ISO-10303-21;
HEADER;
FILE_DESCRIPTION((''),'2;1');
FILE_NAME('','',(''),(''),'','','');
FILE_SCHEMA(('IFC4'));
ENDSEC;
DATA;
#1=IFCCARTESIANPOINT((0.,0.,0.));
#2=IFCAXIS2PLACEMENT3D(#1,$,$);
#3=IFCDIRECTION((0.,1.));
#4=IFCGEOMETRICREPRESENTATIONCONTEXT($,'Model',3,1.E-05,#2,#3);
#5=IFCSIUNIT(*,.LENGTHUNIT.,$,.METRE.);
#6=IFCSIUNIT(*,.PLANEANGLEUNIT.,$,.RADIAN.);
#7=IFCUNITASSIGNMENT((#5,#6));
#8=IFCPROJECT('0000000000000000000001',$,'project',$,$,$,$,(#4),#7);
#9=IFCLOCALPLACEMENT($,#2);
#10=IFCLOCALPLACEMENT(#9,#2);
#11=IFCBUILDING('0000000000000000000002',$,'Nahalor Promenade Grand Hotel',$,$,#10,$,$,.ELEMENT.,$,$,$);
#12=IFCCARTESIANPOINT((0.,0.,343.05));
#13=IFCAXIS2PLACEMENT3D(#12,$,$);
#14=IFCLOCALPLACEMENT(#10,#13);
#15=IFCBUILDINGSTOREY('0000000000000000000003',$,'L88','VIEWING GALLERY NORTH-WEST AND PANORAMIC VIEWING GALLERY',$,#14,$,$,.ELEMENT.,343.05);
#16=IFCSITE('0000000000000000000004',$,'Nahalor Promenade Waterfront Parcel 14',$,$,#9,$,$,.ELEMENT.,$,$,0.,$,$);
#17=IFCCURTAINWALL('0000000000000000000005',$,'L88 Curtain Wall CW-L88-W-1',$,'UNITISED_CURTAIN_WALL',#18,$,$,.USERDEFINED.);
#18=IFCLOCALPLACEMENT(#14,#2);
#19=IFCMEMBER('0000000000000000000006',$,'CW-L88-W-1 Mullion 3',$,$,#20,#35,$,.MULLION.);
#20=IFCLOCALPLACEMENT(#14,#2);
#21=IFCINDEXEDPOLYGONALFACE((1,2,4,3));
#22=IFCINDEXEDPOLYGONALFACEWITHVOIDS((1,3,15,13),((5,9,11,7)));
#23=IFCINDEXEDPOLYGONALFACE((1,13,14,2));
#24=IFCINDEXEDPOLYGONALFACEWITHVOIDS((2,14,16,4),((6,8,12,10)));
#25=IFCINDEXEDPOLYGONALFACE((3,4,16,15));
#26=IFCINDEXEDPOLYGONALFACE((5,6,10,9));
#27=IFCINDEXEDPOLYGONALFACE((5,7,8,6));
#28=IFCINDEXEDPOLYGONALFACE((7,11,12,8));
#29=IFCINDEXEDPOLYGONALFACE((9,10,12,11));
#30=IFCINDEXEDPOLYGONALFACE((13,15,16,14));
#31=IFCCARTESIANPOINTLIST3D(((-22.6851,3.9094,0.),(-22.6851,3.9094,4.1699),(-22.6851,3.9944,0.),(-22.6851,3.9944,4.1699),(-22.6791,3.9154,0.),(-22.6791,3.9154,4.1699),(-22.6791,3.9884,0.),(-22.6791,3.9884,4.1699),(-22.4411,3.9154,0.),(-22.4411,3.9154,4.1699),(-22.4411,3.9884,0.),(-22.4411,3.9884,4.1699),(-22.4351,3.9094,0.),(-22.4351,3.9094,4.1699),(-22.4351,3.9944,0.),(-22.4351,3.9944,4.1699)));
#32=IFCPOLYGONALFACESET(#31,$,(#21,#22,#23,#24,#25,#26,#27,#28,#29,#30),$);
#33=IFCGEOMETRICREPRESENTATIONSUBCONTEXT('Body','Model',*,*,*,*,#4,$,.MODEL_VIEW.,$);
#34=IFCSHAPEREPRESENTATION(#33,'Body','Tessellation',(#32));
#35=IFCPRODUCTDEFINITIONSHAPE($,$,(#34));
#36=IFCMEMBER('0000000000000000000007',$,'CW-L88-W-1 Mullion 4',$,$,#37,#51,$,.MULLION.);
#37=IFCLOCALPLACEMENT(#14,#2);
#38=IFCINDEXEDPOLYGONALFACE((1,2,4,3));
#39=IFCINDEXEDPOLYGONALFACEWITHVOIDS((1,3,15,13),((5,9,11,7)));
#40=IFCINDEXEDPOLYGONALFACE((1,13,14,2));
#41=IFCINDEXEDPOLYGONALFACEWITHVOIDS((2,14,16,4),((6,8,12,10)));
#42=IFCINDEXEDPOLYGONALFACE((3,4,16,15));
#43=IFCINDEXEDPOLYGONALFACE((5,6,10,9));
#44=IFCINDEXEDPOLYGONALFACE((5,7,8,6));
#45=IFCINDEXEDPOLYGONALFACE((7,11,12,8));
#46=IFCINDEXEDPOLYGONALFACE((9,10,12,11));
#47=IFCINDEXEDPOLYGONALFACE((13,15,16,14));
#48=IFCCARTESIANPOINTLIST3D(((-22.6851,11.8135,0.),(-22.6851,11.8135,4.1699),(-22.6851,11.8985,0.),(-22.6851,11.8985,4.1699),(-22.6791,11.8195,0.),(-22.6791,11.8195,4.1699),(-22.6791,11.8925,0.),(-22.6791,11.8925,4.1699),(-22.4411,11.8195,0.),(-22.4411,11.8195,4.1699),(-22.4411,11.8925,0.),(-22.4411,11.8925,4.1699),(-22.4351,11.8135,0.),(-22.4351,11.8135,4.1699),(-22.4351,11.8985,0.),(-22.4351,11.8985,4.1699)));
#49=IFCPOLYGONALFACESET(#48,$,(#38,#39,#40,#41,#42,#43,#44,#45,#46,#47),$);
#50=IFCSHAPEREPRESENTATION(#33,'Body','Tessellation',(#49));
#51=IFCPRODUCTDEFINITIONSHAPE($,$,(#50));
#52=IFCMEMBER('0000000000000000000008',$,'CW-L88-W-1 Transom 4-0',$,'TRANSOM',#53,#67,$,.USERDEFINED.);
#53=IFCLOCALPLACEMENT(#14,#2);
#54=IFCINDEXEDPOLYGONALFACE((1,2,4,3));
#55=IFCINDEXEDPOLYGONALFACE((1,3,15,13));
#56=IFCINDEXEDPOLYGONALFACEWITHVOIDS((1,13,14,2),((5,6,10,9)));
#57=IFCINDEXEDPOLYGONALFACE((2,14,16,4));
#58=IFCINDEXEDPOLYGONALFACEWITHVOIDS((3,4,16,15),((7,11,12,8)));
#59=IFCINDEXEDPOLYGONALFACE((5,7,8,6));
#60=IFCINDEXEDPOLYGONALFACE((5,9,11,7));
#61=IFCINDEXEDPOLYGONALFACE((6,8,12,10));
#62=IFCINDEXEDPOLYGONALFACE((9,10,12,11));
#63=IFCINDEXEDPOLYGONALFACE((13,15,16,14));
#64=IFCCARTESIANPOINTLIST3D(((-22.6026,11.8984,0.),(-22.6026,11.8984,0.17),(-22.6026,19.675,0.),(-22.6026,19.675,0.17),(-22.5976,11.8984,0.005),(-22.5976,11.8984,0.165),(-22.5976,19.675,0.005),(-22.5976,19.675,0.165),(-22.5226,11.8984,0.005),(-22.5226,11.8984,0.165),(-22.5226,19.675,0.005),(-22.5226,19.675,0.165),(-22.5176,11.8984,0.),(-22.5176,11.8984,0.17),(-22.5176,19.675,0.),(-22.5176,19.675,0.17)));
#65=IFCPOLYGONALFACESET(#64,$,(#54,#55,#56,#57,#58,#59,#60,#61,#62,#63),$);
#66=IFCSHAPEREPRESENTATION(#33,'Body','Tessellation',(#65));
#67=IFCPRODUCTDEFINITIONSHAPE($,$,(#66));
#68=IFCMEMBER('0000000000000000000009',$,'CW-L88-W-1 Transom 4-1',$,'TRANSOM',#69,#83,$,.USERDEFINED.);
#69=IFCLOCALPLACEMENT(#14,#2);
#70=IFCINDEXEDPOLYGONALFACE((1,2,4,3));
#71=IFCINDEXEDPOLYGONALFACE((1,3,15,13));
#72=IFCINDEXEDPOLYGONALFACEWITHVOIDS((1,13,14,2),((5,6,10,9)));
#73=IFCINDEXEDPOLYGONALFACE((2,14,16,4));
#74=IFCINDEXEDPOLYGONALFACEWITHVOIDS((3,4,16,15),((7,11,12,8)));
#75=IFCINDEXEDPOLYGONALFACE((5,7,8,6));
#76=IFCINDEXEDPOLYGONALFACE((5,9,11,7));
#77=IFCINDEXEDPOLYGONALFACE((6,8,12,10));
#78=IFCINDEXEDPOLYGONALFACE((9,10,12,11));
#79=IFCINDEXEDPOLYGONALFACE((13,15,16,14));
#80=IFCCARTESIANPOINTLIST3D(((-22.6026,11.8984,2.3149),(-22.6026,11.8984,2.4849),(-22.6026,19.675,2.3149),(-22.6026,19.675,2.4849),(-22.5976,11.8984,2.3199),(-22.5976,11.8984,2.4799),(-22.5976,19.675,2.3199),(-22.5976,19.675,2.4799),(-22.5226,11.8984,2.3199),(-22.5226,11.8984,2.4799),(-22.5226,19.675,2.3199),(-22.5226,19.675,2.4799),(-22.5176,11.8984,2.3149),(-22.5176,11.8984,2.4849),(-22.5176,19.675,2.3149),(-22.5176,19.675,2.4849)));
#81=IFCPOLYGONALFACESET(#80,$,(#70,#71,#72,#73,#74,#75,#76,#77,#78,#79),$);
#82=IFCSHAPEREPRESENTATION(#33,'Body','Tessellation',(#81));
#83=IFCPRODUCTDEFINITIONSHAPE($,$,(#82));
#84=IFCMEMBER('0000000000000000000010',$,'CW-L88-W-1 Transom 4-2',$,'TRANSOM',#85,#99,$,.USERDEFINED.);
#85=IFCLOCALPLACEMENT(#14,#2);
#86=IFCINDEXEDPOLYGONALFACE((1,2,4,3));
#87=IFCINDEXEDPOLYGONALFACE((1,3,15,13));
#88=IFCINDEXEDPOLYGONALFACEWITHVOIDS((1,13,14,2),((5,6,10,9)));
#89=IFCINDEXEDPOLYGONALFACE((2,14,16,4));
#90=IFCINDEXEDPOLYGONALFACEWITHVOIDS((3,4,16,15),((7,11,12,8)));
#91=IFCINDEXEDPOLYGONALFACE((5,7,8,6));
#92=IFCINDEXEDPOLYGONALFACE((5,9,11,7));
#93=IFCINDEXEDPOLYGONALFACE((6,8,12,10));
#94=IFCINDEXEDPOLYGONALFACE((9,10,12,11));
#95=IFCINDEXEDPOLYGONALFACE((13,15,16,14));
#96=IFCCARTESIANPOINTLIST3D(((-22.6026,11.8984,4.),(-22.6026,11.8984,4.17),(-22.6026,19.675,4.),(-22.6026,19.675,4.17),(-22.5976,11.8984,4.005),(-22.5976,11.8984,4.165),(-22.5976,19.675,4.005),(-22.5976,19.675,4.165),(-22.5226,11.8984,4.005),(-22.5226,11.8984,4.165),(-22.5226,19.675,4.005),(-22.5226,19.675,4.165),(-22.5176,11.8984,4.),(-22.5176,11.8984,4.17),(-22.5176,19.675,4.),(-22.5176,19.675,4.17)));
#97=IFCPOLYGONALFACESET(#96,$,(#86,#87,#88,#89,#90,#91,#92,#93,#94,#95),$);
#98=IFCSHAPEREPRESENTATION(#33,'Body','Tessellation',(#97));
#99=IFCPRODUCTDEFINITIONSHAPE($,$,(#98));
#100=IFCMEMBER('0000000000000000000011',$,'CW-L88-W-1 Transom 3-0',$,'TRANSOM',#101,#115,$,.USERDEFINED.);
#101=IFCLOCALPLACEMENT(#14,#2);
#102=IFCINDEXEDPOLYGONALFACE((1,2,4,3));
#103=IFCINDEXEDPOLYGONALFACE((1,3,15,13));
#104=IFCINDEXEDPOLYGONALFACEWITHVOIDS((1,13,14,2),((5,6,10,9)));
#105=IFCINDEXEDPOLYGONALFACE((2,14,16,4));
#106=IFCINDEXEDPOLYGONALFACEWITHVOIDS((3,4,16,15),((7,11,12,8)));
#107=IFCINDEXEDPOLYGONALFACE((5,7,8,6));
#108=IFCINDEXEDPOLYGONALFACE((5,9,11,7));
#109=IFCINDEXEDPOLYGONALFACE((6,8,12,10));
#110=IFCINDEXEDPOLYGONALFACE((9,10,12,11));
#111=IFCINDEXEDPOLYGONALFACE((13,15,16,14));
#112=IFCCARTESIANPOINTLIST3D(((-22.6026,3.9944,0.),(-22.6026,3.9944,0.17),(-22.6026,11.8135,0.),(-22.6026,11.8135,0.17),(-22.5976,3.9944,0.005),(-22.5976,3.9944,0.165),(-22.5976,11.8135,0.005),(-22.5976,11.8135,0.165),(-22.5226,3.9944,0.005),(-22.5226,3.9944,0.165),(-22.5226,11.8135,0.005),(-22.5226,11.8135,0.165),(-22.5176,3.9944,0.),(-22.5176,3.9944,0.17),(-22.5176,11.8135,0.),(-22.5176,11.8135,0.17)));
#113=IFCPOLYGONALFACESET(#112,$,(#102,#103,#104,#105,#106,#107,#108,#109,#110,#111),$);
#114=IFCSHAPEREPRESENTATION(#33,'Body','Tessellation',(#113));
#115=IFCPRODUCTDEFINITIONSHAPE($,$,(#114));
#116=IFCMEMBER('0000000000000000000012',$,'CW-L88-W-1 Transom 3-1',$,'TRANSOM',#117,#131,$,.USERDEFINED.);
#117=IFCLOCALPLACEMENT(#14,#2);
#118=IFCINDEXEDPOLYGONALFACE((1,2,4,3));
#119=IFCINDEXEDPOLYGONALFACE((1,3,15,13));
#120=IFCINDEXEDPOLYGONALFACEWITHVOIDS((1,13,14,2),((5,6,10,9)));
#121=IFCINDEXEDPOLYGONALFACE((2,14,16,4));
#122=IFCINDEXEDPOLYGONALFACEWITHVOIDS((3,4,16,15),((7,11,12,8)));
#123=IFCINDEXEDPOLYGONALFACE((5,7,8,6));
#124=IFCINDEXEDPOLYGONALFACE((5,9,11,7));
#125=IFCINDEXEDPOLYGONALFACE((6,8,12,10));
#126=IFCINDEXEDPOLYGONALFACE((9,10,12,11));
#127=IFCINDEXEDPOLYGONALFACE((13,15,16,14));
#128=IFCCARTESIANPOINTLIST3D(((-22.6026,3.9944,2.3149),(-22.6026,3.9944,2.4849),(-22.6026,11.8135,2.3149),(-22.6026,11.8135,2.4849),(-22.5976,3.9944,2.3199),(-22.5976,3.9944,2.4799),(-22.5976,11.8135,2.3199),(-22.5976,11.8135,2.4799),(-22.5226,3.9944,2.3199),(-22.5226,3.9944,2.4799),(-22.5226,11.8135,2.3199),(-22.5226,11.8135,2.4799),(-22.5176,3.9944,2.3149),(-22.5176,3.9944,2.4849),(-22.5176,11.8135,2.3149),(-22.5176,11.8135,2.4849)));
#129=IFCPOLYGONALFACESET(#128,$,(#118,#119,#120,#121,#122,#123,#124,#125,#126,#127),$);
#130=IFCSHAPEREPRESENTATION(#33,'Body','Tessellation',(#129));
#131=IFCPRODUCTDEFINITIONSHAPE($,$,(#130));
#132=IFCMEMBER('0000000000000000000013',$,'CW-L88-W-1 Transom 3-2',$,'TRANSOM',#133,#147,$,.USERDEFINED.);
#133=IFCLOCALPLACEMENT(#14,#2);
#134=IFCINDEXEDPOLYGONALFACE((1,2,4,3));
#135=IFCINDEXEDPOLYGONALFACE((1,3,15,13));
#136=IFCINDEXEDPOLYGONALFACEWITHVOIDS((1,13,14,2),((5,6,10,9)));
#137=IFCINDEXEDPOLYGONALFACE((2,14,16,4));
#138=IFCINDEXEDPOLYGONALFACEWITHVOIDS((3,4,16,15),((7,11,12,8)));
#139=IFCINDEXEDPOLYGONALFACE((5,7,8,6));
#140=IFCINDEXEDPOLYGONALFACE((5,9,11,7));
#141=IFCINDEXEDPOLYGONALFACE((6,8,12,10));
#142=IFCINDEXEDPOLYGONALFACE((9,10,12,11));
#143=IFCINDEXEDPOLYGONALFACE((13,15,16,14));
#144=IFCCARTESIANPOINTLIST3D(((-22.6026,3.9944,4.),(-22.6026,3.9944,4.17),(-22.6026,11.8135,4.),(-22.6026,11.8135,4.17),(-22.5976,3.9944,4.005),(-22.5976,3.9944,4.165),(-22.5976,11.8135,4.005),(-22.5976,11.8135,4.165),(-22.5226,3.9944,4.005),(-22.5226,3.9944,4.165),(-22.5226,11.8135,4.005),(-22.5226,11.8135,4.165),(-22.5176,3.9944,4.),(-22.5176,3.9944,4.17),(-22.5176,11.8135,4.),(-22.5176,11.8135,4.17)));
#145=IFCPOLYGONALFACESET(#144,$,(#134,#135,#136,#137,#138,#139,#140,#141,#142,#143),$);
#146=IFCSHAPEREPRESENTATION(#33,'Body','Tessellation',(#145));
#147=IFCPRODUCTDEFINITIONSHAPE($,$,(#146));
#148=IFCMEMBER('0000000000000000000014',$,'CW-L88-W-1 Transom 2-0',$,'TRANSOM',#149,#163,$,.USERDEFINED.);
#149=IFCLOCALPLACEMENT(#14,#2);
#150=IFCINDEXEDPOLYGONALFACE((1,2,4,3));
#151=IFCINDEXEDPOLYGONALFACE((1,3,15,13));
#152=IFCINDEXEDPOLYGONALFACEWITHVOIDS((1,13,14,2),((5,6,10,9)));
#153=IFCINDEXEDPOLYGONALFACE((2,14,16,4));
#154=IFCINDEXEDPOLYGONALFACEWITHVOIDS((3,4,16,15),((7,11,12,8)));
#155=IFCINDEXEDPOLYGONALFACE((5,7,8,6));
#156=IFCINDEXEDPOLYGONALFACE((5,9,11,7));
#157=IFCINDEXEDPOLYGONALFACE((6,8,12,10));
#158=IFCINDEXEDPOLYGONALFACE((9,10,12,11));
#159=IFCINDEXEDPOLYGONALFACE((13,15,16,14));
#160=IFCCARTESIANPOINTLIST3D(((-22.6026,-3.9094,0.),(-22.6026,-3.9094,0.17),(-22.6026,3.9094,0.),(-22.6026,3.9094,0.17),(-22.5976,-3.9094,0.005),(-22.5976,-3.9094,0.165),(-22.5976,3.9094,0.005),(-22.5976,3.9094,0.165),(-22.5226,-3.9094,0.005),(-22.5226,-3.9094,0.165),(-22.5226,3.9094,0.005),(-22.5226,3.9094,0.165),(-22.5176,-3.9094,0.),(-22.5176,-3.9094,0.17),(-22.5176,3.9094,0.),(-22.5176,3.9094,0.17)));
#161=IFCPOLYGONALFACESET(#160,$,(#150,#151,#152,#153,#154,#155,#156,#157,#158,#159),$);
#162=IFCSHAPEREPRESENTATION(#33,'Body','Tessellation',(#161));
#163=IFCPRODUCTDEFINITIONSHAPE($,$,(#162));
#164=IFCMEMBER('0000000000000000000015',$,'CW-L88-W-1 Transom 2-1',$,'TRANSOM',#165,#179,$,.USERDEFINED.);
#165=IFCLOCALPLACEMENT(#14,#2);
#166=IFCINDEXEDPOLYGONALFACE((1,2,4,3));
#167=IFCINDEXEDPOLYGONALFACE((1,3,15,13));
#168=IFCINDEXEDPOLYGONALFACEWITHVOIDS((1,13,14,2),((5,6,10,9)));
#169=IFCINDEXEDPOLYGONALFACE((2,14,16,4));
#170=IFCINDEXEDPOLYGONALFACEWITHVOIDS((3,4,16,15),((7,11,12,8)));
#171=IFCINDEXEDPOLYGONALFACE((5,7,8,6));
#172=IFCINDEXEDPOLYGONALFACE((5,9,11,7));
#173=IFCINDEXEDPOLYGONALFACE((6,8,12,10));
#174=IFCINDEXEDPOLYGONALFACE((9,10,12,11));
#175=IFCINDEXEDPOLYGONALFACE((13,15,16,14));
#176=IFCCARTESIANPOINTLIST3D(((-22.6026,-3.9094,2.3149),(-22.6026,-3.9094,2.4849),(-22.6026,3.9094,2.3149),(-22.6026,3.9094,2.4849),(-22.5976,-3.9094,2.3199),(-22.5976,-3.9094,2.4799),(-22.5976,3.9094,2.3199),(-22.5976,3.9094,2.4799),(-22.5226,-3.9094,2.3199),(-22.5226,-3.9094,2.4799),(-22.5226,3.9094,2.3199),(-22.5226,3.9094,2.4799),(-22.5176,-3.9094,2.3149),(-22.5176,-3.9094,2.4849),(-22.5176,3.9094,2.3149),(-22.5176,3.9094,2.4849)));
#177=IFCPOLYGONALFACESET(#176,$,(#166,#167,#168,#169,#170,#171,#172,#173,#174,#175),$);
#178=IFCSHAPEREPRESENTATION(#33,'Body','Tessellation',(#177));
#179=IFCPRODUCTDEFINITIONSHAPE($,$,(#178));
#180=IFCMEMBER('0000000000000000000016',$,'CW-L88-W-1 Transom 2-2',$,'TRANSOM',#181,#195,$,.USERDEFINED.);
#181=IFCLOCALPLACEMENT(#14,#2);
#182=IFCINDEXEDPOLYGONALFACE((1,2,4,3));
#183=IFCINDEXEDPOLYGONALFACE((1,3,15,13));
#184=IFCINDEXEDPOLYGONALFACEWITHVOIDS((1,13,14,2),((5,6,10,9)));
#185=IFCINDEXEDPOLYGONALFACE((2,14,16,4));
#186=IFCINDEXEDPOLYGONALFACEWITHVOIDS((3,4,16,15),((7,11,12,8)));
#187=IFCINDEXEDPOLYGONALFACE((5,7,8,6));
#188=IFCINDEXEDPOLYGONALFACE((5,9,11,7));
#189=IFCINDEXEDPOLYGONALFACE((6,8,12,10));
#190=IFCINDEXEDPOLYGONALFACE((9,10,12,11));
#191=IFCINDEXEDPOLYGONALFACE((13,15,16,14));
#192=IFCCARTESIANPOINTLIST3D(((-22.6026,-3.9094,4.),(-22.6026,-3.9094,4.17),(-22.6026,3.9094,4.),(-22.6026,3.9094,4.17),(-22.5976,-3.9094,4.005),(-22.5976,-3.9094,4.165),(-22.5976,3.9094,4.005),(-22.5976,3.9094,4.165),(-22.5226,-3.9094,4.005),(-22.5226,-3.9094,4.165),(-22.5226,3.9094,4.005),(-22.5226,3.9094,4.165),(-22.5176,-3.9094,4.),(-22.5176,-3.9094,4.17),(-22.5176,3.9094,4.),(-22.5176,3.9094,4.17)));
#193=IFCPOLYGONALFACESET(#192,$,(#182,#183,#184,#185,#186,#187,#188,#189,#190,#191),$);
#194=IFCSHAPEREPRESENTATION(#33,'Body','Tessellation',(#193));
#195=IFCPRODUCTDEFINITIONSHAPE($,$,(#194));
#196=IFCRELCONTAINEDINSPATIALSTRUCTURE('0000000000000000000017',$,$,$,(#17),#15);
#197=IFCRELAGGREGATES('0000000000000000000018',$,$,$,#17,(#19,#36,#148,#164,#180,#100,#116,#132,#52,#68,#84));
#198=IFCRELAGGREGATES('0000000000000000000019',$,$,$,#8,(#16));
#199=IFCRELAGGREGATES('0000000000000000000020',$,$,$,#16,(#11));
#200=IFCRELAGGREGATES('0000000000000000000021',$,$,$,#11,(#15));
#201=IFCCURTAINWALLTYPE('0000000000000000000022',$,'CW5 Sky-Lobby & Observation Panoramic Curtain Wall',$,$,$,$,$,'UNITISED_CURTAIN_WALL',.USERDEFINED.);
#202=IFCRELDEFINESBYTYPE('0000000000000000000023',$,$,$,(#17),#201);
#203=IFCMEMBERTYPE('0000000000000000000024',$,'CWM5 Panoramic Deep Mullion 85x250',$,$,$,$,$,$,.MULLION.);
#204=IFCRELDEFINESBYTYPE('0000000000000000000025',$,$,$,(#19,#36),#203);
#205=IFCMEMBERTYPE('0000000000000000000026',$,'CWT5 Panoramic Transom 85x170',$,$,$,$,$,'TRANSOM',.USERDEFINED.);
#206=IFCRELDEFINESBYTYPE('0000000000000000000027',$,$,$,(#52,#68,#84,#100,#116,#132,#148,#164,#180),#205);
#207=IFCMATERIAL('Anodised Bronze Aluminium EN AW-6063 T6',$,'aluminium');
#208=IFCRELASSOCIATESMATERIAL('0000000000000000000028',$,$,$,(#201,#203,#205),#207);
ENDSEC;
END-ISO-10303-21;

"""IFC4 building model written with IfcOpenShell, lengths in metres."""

from ifc_helpers import new_model, si_unit, direction, frame, origin, origin_2d, place, context, subcontext, project, spatial, hollow_rectangle, extrude, source, transform, mapped, material, material_profile, profile_set, type_object, element, aggregate, save


model = new_model("IFC4")

# Units and contexts
model_context = context("Model", 3, precision=1e-05, world=origin(), true_north=direction((0.0, 1.0)))
body_context = subcontext(model_context, "Body", "Model", "MODEL_VIEW")
ifc_project = project(units=[si_unit("LENGTHUNIT", "METRE"), si_unit("PLANEANGLEUNIT", "RADIAN")], contexts=[model_context])

# Site, building, storey
site_placement = place(None, origin())
site = spatial("IfcSite", under=ifc_project, at=site_placement, Name="Nahalor Promenade Waterfront Parcel 14", CompositionType="ELEMENT", RefElevation=0.0)
building_placement = place(site_placement, origin())
building = spatial("IfcBuilding", under=site, at=building_placement, Name="Nahalor Promenade Grand Hotel", CompositionType="ELEMENT")
storey_placement = place(building_placement, frame((0.0, 0.0, 343.05)))
storey = spatial("IfcBuildingStorey", under=building, at=storey_placement, Name="L88", Description="VIEWING GALLERY NORTH-WEST AND PANORAMIC VIEWING GALLERY", CompositionType="ELEMENT", Elevation=343.05)

# Curtain wall, members
ifc_material_1 = material(Name="Anodised Bronze Aluminium EN AW-6063 T6", Category="aluminium")
curtain_wall_type = type_object("IfcCurtainWallType", Name="CW5 Sky-Lobby & Observation Panoramic Curtain Wall", ElementType="UNITISED_CURTAIN_WALL", PredefinedType="USERDEFINED", material=ifc_material_1)
curtain_wall_placement = place(storey_placement, origin())
curtain_wall = element("IfcCurtainWall", 1, at=curtain_wall_placement, inside=storey, type_object=curtain_wall_type, Name="L88 Curtain Wall CW-L88-W-1", ObjectType="UNITISED_CURTAIN_WALL", PredefinedType="USERDEFINED")
ifc_material_profile_1 = material_profile(ifc_material_1, hollow_rectangle(XDim=0.085, YDim=0.25, WallThickness=0.006, at=origin_2d()), Name="CWM 85x250x6")
ifc_profile_set_1 = profile_set([ifc_material_profile_1], Name="Anodised Bronze Aluminium EN AW-6063 T6")
member_type_1 = type_object("IfcMemberType", Name="CWM5 Panoramic Deep Mullion 85x250", PredefinedType="MULLION", material=ifc_profile_set_1)
shared_shape_1 = source(origin(), body_context, "Body", "SweptSolid", [
    extrude(hollow_rectangle(XDim=0.085, YDim=0.25, WallThickness=0.006, at=origin_2d()), origin(), (0.0, 0.0, 1.0), 4.1699),
])
member_1_placement = place(storey_placement, frame((-22.5601, 3.9519, 0.0), z_axis=(0.0, 0.0, 1.0), x_axis=(0.0, 1.0, 0.0)))
member_1 = element("IfcMember", 2, at=member_1_placement, type_object=member_type_1, Name="CW-L88-W-1 Mullion 3", PredefinedType="MULLION", context=body_context, shape_type="MappedRepresentation", body=[
    mapped(shared_shape_1, transform((0.0, 0.0, 0.0), scale=1.0)),
])
member_2_placement = place(storey_placement, frame((-22.5601, 11.856, 0.0), z_axis=(0.0, 0.0, 1.0), x_axis=(0.0, 1.0, 0.0)))
member_2 = element("IfcMember", 3, at=member_2_placement, type_object=member_type_1, Name="CW-L88-W-1 Mullion 4", PredefinedType="MULLION", context=body_context, shape_type="MappedRepresentation", body=[
    mapped(shared_shape_1, transform((0.0, 0.0, 0.0), scale=1.0)),
])
ifc_material_profile_2 = material_profile(ifc_material_1, hollow_rectangle(XDim=0.085, YDim=0.17, WallThickness=0.005, at=origin_2d()), Name="CWT 85x170x5")
ifc_profile_set_2 = profile_set([ifc_material_profile_2], Name="Anodised Bronze Aluminium EN AW-6063 T6")
member_type_2 = type_object("IfcMemberType", Name="CWT5 Panoramic Transom 85x170", ElementType="TRANSOM", PredefinedType="USERDEFINED", material=ifc_profile_set_2)
shared_shape_2 = source(origin(), body_context, "Body", "SweptSolid", [
    extrude(hollow_rectangle(XDim=0.085, YDim=0.17, WallThickness=0.005, at=origin_2d()), origin(), (0.0, 0.0, 1.0), 7.7766),
])
member_3_placement = place(storey_placement, frame((-22.5601, 11.8984, 0.085), z_axis=(0.0, 1.0, 0.0), x_axis=(-1.0, 0.0, 0.0)))
member_3 = element("IfcMember", 4, at=member_3_placement, type_object=member_type_2, Name="CW-L88-W-1 Transom 4-0", ObjectType="TRANSOM", PredefinedType="USERDEFINED", context=body_context, shape_type="MappedRepresentation", body=[
    mapped(shared_shape_2, transform((0.0, 0.0, 0.0), scale=1.0)),
])
member_4_placement = place(storey_placement, frame((-22.5601, 11.8984, 2.3999), z_axis=(0.0, 1.0, 0.0), x_axis=(-1.0, 0.0, 0.0)))
member_4 = element("IfcMember", 5, at=member_4_placement, type_object=member_type_2, Name="CW-L88-W-1 Transom 4-1", ObjectType="TRANSOM", PredefinedType="USERDEFINED", context=body_context, shape_type="MappedRepresentation", body=[
    mapped(shared_shape_2, transform((0.0, 0.0, 0.0), scale=1.0)),
])
member_5_placement = place(storey_placement, frame((-22.5601, 11.8984, 4.085), z_axis=(0.0, 1.0, 0.0), x_axis=(-1.0, 0.0, 0.0)))
member_5 = element("IfcMember", 6, at=member_5_placement, type_object=member_type_2, Name="CW-L88-W-1 Transom 4-2", ObjectType="TRANSOM", PredefinedType="USERDEFINED", context=body_context, shape_type="MappedRepresentation", body=[
    mapped(shared_shape_2, transform((0.0, 0.0, 0.0), scale=1.0)),
])
shared_shape_3 = source(origin(), body_context, "Body", "SweptSolid", [
    extrude(hollow_rectangle(XDim=0.085, YDim=0.17, WallThickness=0.005, at=origin_2d()), origin(), (0.0, 0.0, 1.0), 7.8191),
])
member_6_placement = place(storey_placement, frame((-22.5601, 3.9944, 0.085), z_axis=(0.0, 1.0, 0.0), x_axis=(-1.0, 0.0, 0.0)))
member_6 = element("IfcMember", 7, at=member_6_placement, type_object=member_type_2, Name="CW-L88-W-1 Transom 3-0", ObjectType="TRANSOM", PredefinedType="USERDEFINED", context=body_context, shape_type="MappedRepresentation", body=[
    mapped(shared_shape_3, transform((0.0, 0.0, 0.0), scale=1.0)),
])
member_7_placement = place(storey_placement, frame((-22.5601, 3.9944, 2.3999), z_axis=(0.0, 1.0, 0.0), x_axis=(-1.0, 0.0, 0.0)))
member_7 = element("IfcMember", 8, at=member_7_placement, type_object=member_type_2, Name="CW-L88-W-1 Transom 3-1", ObjectType="TRANSOM", PredefinedType="USERDEFINED", context=body_context, shape_type="MappedRepresentation", body=[
    mapped(shared_shape_3, transform((0.0, 0.0, 0.0), scale=1.0)),
])
member_8_placement = place(storey_placement, frame((-22.5601, 3.9944, 4.085), z_axis=(0.0, 1.0, 0.0), x_axis=(-1.0, 0.0, 0.0)))
member_8 = element("IfcMember", 9, at=member_8_placement, type_object=member_type_2, Name="CW-L88-W-1 Transom 3-2", ObjectType="TRANSOM", PredefinedType="USERDEFINED", context=body_context, shape_type="MappedRepresentation", body=[
    mapped(shared_shape_3, transform((0.0, 0.0, 0.0), scale=1.0)),
])
shared_shape_4 = source(origin(), body_context, "Body", "SweptSolid", [
    extrude(hollow_rectangle(XDim=0.085, YDim=0.17, WallThickness=0.005, at=origin_2d()), origin(), (0.0, 0.0, 1.0), 7.8188),
])
member_9_placement = place(storey_placement, frame((-22.5601, -3.9094, 0.085), z_axis=(0.0, 1.0, 0.0), x_axis=(-1.0, 0.0, 0.0)))
member_9 = element("IfcMember", 10, at=member_9_placement, type_object=member_type_2, Name="CW-L88-W-1 Transom 2-0", ObjectType="TRANSOM", PredefinedType="USERDEFINED", context=body_context, shape_type="MappedRepresentation", body=[
    mapped(shared_shape_4, transform((0.0, 0.0, 0.0), scale=1.0)),
])
member_10_placement = place(storey_placement, frame((-22.5601, -3.9094, 2.3999), z_axis=(0.0, 1.0, 0.0), x_axis=(-1.0, 0.0, 0.0)))
member_10 = element("IfcMember", 11, at=member_10_placement, type_object=member_type_2, Name="CW-L88-W-1 Transom 2-1", ObjectType="TRANSOM", PredefinedType="USERDEFINED", context=body_context, shape_type="MappedRepresentation", body=[
    mapped(shared_shape_4, transform((0.0, 0.0, 0.0), scale=1.0)),
])
member_11_placement = place(storey_placement, frame((-22.5601, -3.9094, 4.085), z_axis=(0.0, 1.0, 0.0), x_axis=(-1.0, 0.0, 0.0)))
member_11 = element("IfcMember", 12, at=member_11_placement, type_object=member_type_2, Name="CW-L88-W-1 Transom 2-2", ObjectType="TRANSOM", PredefinedType="USERDEFINED", context=body_context, shape_type="MappedRepresentation", body=[
    mapped(shared_shape_4, transform((0.0, 0.0, 0.0), scale=1.0)),
])
aggregate(curtain_wall, [member_1, member_2, member_9, member_10, member_11, member_6, member_7, member_8, member_3, member_4, member_5])

save(model, "model.ifc")
